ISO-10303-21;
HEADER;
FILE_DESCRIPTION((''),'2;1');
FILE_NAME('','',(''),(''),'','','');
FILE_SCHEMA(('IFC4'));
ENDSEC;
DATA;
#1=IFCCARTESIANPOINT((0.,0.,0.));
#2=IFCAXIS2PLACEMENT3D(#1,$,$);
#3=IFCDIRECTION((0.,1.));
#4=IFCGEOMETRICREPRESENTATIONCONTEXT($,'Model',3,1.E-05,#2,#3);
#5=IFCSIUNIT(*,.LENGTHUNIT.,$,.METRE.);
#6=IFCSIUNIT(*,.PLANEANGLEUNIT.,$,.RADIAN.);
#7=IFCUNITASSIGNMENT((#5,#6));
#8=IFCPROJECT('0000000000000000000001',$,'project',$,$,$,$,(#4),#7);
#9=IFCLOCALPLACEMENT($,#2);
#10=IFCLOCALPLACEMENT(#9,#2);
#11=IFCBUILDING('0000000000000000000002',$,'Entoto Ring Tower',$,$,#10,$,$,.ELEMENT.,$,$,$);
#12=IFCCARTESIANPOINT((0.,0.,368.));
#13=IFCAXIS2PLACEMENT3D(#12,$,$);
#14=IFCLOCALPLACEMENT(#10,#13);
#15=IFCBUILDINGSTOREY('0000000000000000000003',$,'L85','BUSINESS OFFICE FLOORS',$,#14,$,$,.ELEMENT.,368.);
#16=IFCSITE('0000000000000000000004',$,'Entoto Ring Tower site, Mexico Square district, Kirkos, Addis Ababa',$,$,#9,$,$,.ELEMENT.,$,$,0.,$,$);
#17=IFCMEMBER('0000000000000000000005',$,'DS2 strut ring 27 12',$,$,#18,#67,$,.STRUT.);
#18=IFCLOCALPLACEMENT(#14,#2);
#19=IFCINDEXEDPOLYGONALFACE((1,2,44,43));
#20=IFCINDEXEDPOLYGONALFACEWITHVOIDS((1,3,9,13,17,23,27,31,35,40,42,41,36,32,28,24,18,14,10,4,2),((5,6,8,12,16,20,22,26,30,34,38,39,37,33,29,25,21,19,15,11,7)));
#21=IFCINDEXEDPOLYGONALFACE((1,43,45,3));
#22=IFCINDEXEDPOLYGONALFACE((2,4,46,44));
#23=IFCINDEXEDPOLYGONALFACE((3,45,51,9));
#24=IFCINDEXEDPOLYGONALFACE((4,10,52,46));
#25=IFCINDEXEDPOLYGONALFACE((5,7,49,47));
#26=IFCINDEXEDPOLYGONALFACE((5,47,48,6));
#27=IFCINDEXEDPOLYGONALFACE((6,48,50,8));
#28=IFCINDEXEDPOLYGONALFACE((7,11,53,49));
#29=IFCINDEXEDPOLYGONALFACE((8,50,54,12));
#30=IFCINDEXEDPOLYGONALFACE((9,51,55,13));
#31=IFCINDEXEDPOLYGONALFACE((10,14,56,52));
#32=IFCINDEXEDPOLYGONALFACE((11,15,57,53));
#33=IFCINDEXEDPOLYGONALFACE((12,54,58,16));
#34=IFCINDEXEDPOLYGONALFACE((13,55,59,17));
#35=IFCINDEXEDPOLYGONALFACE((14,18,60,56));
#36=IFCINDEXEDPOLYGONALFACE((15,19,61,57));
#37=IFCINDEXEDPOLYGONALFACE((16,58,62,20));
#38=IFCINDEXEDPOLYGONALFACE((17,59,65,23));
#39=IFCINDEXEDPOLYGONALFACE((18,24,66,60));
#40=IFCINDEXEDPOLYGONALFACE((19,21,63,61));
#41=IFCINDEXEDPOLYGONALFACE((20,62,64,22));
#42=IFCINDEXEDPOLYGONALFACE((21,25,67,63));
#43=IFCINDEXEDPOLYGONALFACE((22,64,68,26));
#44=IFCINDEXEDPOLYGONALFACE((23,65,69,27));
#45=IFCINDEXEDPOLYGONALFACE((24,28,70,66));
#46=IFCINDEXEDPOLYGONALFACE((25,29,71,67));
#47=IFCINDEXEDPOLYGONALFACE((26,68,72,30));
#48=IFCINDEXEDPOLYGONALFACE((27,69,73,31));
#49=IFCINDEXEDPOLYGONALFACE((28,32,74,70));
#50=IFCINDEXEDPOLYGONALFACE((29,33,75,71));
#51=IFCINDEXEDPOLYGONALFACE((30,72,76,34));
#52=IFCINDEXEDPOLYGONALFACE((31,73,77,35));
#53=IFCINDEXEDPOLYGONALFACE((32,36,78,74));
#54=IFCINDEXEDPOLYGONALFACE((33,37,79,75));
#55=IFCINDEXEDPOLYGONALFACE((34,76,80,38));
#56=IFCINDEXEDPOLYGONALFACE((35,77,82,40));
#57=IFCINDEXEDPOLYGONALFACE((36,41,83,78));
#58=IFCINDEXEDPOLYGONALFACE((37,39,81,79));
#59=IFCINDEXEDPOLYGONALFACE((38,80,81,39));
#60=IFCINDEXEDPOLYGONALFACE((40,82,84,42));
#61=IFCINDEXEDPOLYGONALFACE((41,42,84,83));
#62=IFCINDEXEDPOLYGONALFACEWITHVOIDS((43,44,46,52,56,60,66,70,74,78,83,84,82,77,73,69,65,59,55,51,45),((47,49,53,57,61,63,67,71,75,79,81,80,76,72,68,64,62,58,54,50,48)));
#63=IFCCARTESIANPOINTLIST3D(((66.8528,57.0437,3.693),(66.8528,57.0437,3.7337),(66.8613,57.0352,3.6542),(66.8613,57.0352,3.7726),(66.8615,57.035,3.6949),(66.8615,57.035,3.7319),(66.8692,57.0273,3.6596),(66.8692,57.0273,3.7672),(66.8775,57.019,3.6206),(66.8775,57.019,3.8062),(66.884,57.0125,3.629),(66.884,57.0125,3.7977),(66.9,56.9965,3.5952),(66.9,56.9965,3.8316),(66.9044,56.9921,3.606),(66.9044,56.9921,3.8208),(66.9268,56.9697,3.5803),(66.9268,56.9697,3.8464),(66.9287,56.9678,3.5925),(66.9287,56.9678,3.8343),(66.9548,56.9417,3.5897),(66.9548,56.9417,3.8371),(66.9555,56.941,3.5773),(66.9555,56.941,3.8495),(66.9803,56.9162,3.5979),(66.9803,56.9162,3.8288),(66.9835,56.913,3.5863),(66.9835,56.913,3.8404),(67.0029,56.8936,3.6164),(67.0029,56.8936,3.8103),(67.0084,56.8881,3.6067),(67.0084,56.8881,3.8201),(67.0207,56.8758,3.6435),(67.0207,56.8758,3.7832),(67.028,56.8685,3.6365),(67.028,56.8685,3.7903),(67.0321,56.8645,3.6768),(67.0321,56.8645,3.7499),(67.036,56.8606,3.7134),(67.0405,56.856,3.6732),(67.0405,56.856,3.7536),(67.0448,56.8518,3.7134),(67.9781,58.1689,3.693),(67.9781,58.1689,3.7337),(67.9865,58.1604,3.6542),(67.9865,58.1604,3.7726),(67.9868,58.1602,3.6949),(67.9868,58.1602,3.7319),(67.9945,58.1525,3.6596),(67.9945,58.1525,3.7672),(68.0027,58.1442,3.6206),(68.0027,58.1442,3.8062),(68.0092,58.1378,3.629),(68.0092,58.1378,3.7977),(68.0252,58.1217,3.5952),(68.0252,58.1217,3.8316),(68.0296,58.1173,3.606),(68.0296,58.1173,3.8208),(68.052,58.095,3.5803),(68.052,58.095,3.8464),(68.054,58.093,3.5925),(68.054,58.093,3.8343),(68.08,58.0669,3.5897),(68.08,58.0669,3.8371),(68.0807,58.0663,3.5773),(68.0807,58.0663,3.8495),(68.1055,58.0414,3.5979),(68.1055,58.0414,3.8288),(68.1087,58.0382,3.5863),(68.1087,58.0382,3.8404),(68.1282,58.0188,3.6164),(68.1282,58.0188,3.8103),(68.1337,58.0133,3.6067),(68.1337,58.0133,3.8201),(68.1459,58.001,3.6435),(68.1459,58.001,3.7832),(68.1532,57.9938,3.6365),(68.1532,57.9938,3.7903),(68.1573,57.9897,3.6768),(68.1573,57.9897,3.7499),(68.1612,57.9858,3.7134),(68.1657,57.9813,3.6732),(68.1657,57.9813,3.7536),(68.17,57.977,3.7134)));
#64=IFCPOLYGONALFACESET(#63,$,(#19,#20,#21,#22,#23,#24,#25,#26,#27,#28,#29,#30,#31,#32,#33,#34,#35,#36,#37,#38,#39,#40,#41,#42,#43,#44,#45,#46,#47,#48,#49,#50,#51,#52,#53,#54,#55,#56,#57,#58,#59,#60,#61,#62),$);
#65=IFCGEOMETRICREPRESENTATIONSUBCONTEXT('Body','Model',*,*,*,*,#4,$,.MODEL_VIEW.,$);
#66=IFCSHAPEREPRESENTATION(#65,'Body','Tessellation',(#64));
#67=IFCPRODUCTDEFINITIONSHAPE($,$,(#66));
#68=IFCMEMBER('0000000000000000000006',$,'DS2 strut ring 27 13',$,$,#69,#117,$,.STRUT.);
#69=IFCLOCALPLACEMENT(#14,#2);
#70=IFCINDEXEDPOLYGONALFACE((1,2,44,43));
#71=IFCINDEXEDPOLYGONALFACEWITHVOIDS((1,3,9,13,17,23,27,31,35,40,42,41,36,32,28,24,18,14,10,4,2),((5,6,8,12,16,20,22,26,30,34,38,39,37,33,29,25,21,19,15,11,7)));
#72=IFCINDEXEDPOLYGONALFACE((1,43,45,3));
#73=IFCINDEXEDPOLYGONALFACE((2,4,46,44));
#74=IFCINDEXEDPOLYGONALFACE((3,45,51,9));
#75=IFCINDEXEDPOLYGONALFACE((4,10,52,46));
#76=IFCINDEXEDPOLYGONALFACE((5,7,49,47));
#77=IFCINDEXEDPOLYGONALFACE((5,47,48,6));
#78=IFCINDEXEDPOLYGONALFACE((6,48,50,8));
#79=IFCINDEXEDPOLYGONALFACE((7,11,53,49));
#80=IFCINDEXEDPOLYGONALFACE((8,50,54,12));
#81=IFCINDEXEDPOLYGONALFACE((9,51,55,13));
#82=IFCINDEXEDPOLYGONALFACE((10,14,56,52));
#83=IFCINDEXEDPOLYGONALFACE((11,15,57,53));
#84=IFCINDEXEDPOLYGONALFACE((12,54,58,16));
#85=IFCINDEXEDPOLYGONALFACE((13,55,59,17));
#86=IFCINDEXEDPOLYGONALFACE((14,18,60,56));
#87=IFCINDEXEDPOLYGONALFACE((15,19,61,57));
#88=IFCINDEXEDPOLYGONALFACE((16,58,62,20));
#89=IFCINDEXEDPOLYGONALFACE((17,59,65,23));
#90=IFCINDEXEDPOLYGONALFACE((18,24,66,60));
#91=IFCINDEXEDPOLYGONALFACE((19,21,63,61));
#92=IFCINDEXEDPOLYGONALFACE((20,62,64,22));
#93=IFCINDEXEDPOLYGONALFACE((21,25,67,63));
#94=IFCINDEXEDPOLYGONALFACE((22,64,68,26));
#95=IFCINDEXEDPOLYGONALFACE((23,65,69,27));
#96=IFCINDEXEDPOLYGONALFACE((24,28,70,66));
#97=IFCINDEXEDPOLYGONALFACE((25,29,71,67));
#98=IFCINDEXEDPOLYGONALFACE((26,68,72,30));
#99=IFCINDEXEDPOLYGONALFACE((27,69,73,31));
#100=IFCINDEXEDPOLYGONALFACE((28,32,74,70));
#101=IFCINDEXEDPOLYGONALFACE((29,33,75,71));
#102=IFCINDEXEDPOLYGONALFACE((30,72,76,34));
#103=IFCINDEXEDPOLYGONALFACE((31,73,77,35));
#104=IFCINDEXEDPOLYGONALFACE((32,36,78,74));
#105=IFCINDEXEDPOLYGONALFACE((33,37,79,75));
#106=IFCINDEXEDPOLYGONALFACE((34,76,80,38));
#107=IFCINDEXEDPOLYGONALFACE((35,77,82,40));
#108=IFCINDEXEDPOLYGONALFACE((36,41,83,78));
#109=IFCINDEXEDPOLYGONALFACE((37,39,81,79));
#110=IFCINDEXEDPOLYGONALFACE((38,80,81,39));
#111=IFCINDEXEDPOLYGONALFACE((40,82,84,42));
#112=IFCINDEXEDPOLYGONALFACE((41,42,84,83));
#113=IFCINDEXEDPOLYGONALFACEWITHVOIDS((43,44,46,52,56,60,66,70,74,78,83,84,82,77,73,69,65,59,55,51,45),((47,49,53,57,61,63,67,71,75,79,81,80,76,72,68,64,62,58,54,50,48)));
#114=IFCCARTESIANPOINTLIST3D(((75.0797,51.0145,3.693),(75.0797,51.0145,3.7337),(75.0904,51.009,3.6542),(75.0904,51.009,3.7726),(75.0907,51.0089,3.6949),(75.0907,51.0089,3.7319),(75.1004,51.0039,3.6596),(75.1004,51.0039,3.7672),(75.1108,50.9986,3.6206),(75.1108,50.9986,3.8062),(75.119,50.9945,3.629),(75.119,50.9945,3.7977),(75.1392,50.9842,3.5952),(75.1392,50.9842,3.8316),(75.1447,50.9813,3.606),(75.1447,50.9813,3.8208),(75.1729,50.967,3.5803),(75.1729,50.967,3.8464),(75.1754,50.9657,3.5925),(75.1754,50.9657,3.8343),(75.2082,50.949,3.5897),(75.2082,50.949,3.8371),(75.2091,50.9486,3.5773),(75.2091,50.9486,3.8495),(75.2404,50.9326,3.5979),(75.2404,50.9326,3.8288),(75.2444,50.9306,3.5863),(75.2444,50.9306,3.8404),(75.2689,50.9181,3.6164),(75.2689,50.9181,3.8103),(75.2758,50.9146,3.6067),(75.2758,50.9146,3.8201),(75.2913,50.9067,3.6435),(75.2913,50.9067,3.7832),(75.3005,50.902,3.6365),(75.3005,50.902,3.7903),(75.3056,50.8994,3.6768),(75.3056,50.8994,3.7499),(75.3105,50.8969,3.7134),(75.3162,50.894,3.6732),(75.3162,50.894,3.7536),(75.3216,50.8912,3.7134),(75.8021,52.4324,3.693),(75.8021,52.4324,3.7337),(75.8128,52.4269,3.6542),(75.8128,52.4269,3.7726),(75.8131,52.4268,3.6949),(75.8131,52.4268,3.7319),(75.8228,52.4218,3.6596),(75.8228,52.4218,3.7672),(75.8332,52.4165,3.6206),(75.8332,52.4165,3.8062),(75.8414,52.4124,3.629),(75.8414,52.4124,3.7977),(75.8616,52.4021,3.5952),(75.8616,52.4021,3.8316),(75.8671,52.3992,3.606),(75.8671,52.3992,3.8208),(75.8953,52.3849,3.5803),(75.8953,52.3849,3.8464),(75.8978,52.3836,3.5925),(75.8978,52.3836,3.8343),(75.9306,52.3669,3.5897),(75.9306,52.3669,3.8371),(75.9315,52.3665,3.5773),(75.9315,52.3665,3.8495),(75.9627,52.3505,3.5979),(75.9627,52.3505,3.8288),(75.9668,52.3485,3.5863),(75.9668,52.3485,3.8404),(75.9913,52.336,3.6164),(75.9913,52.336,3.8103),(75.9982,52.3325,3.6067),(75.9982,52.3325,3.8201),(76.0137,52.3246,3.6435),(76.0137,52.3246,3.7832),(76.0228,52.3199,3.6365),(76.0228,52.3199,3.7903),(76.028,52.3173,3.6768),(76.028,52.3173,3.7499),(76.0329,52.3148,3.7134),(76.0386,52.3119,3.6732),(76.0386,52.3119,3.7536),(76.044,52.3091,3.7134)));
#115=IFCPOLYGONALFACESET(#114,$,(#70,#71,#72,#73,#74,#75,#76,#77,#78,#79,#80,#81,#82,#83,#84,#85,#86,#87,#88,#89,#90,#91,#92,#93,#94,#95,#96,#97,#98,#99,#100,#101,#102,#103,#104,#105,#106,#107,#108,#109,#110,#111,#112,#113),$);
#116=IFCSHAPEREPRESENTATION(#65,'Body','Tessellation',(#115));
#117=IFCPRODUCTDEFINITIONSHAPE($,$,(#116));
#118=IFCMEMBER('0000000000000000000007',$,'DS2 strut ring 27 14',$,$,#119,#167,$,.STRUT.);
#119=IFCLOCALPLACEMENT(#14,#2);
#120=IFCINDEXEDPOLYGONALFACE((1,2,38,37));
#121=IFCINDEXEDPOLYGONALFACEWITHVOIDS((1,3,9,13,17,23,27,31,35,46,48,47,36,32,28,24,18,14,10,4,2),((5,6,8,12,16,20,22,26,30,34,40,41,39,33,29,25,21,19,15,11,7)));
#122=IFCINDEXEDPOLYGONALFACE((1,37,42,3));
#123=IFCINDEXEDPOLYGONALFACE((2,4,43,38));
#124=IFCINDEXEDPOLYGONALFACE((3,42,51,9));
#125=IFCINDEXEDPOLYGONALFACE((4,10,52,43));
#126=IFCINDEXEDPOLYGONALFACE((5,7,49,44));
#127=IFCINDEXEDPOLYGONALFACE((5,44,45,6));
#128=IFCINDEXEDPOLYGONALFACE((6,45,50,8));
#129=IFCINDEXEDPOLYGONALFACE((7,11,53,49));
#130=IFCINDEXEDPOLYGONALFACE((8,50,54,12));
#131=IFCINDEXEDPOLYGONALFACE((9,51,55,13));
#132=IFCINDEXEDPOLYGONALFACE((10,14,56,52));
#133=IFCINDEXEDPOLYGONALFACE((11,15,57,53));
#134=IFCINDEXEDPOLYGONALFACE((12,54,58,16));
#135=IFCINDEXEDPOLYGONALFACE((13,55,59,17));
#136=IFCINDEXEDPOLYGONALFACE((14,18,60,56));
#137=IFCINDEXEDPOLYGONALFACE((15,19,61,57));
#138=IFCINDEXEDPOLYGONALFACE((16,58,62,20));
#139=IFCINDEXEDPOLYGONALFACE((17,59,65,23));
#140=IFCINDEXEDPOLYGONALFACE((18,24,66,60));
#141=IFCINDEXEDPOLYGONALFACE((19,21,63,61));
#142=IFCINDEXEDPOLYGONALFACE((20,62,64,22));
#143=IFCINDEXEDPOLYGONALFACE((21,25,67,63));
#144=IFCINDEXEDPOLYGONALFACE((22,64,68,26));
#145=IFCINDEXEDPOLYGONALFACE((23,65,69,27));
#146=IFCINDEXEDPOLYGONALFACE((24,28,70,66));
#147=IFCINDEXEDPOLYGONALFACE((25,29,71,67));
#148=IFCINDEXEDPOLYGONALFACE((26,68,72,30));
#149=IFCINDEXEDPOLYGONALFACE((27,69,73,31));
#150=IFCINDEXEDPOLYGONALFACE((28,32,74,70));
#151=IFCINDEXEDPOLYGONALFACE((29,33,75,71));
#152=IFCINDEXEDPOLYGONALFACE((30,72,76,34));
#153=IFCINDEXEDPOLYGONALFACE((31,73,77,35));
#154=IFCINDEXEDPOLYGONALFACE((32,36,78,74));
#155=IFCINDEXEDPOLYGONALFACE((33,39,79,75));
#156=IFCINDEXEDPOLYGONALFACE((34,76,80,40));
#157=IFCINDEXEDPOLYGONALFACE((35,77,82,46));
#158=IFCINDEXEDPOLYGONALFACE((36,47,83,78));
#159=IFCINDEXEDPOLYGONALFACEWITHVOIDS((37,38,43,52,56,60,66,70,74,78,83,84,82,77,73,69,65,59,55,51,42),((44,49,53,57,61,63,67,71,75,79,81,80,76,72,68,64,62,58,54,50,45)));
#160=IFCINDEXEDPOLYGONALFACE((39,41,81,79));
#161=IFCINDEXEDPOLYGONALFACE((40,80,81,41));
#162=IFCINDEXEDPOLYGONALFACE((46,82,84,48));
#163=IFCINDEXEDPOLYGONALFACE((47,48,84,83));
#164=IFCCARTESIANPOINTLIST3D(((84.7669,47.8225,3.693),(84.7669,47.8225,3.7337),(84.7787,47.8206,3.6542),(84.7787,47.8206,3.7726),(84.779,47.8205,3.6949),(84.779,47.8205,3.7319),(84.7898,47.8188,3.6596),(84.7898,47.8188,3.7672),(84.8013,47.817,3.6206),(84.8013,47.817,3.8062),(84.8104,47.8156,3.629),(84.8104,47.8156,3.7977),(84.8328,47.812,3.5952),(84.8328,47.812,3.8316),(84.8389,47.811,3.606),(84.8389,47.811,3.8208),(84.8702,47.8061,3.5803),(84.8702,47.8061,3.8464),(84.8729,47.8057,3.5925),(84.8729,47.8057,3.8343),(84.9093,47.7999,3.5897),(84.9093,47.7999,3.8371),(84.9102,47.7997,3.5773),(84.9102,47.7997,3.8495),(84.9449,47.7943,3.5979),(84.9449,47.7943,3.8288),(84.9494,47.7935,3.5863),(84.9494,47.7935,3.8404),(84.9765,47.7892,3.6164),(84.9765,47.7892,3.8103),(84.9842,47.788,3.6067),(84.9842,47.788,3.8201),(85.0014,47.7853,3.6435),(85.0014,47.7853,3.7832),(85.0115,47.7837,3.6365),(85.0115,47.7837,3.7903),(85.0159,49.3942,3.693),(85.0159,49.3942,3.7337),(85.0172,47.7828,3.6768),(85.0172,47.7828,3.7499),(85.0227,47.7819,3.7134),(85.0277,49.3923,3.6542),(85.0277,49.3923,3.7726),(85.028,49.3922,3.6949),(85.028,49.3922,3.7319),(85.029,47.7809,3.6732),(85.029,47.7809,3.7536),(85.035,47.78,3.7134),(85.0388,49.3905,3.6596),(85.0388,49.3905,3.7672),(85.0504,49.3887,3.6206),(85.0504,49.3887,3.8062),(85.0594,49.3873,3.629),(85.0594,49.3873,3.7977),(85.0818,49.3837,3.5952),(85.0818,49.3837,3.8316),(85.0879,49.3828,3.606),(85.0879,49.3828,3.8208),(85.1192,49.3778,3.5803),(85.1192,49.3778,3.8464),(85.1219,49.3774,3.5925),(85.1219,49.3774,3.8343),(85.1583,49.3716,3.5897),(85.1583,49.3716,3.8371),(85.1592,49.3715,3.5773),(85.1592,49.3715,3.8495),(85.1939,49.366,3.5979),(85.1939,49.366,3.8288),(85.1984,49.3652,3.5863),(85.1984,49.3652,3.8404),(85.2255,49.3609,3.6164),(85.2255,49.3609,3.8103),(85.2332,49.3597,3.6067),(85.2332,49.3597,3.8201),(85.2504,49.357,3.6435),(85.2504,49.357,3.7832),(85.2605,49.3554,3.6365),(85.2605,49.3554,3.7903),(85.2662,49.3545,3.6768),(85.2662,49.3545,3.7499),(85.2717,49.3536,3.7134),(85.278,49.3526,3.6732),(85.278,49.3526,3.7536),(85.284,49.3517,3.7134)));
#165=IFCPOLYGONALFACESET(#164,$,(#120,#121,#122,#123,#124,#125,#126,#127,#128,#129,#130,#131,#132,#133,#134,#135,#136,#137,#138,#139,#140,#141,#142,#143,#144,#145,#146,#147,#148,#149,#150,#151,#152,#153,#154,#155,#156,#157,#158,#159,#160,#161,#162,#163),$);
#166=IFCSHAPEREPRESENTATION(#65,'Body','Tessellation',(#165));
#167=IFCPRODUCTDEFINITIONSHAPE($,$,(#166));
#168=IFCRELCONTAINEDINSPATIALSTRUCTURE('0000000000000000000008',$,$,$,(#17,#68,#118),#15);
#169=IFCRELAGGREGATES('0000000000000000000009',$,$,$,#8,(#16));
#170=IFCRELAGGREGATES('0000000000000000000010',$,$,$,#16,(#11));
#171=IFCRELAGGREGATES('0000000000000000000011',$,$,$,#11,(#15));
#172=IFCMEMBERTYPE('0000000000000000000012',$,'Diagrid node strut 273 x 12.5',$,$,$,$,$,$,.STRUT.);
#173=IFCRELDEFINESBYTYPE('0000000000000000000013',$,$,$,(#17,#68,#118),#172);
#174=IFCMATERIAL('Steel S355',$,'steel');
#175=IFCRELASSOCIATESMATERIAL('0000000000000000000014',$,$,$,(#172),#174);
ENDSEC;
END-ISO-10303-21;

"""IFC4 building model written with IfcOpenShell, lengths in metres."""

from ifc_helpers import new_model, si_unit, direction, frame, origin, origin_2d, place, context, subcontext, project, spatial, circle, hollow_circle, extrude, material, material_profile, profile_set, type_object, element, save


model = new_model("IFC4")

# Units and contexts
model_context = context("Model", 3, precision=1e-05, world=origin(), true_north=direction((0.0, 1.0)))
body_context = subcontext(model_context, "Body", "Model", "MODEL_VIEW")
ifc_project = project(units=[si_unit("LENGTHUNIT", "METRE"), si_unit("PLANEANGLEUNIT", "RADIAN")], contexts=[model_context])

# Site, building, storey
site_placement = place(None, origin())
site = spatial("IfcSite", under=ifc_project, at=site_placement, Name="Entoto Ring Tower site, Mexico Square district, Kirkos, Addis Ababa", CompositionType="ELEMENT", RefElevation=0.0)
building_placement = place(site_placement, origin())
building = spatial("IfcBuilding", under=site, at=building_placement, Name="Entoto Ring Tower", CompositionType="ELEMENT")
storey_placement = place(building_placement, frame((0.0, 0.0, 368.0)))
storey = spatial("IfcBuildingStorey", under=building, at=storey_placement, Name="L85", Description="BUSINESS OFFICE FLOORS", CompositionType="ELEMENT", Elevation=368.0)

# Members
ifc_material_1 = material(Name="Steel S355", Category="steel")
ifc_material_profile_1 = material_profile(ifc_material_1, hollow_circle(Radius=0.1365, WallThickness=0.0125, at=origin_2d()), Name="CHS 273 x 12.5")
ifc_material_2 = material(Name="Concrete C60/75", Category="concrete")
ifc_material_profile_2 = material_profile(ifc_material_2, circle(Radius=0.124, at=origin_2d()), Name="Concrete C60/75 infill")
ifc_profile_set_1 = profile_set([ifc_material_profile_1, ifc_material_profile_2], Name="Steel S355")
member_type = type_object("IfcMemberType", Name="Diagrid node strut 273 x 12.5", PredefinedType="STRUT", material=ifc_profile_set_1)
for number, where, z_axis, x_axis, name in (
    (1, (68.0735, 58.0735, 3.7134), (-0.707107, -0.707107, 0.0), (0.707107, -0.707107, 0.0), "DS2 strut ring 27 12"),
    (2, (75.9224, 52.3711, 3.7134), (-0.453951, -0.891027, 0.0), (0.891027, -0.453951, 0.0), "DS2 strut ring 27 13"),
    (3, (85.1492, 49.373, 3.7134), (-0.156483, -0.987681, 0.0), (0.987681, -0.156483, 0.0), "DS2 strut ring 27 14"),
):
    element("IfcMember", number, at=place(storey_placement, frame(where, z_axis=z_axis, x_axis=x_axis)), inside=storey, type_object=member_type, Name=name, PredefinedType="STRUT", context=body_context, shape_type="SweptSolid", body=[
        extrude(hollow_circle(Radius=0.1365, WallThickness=0.0125, at=origin_2d()), origin(), (0.0, 0.0, 1.0), 1.5913),
    ])

save(model, "model.ifc")
